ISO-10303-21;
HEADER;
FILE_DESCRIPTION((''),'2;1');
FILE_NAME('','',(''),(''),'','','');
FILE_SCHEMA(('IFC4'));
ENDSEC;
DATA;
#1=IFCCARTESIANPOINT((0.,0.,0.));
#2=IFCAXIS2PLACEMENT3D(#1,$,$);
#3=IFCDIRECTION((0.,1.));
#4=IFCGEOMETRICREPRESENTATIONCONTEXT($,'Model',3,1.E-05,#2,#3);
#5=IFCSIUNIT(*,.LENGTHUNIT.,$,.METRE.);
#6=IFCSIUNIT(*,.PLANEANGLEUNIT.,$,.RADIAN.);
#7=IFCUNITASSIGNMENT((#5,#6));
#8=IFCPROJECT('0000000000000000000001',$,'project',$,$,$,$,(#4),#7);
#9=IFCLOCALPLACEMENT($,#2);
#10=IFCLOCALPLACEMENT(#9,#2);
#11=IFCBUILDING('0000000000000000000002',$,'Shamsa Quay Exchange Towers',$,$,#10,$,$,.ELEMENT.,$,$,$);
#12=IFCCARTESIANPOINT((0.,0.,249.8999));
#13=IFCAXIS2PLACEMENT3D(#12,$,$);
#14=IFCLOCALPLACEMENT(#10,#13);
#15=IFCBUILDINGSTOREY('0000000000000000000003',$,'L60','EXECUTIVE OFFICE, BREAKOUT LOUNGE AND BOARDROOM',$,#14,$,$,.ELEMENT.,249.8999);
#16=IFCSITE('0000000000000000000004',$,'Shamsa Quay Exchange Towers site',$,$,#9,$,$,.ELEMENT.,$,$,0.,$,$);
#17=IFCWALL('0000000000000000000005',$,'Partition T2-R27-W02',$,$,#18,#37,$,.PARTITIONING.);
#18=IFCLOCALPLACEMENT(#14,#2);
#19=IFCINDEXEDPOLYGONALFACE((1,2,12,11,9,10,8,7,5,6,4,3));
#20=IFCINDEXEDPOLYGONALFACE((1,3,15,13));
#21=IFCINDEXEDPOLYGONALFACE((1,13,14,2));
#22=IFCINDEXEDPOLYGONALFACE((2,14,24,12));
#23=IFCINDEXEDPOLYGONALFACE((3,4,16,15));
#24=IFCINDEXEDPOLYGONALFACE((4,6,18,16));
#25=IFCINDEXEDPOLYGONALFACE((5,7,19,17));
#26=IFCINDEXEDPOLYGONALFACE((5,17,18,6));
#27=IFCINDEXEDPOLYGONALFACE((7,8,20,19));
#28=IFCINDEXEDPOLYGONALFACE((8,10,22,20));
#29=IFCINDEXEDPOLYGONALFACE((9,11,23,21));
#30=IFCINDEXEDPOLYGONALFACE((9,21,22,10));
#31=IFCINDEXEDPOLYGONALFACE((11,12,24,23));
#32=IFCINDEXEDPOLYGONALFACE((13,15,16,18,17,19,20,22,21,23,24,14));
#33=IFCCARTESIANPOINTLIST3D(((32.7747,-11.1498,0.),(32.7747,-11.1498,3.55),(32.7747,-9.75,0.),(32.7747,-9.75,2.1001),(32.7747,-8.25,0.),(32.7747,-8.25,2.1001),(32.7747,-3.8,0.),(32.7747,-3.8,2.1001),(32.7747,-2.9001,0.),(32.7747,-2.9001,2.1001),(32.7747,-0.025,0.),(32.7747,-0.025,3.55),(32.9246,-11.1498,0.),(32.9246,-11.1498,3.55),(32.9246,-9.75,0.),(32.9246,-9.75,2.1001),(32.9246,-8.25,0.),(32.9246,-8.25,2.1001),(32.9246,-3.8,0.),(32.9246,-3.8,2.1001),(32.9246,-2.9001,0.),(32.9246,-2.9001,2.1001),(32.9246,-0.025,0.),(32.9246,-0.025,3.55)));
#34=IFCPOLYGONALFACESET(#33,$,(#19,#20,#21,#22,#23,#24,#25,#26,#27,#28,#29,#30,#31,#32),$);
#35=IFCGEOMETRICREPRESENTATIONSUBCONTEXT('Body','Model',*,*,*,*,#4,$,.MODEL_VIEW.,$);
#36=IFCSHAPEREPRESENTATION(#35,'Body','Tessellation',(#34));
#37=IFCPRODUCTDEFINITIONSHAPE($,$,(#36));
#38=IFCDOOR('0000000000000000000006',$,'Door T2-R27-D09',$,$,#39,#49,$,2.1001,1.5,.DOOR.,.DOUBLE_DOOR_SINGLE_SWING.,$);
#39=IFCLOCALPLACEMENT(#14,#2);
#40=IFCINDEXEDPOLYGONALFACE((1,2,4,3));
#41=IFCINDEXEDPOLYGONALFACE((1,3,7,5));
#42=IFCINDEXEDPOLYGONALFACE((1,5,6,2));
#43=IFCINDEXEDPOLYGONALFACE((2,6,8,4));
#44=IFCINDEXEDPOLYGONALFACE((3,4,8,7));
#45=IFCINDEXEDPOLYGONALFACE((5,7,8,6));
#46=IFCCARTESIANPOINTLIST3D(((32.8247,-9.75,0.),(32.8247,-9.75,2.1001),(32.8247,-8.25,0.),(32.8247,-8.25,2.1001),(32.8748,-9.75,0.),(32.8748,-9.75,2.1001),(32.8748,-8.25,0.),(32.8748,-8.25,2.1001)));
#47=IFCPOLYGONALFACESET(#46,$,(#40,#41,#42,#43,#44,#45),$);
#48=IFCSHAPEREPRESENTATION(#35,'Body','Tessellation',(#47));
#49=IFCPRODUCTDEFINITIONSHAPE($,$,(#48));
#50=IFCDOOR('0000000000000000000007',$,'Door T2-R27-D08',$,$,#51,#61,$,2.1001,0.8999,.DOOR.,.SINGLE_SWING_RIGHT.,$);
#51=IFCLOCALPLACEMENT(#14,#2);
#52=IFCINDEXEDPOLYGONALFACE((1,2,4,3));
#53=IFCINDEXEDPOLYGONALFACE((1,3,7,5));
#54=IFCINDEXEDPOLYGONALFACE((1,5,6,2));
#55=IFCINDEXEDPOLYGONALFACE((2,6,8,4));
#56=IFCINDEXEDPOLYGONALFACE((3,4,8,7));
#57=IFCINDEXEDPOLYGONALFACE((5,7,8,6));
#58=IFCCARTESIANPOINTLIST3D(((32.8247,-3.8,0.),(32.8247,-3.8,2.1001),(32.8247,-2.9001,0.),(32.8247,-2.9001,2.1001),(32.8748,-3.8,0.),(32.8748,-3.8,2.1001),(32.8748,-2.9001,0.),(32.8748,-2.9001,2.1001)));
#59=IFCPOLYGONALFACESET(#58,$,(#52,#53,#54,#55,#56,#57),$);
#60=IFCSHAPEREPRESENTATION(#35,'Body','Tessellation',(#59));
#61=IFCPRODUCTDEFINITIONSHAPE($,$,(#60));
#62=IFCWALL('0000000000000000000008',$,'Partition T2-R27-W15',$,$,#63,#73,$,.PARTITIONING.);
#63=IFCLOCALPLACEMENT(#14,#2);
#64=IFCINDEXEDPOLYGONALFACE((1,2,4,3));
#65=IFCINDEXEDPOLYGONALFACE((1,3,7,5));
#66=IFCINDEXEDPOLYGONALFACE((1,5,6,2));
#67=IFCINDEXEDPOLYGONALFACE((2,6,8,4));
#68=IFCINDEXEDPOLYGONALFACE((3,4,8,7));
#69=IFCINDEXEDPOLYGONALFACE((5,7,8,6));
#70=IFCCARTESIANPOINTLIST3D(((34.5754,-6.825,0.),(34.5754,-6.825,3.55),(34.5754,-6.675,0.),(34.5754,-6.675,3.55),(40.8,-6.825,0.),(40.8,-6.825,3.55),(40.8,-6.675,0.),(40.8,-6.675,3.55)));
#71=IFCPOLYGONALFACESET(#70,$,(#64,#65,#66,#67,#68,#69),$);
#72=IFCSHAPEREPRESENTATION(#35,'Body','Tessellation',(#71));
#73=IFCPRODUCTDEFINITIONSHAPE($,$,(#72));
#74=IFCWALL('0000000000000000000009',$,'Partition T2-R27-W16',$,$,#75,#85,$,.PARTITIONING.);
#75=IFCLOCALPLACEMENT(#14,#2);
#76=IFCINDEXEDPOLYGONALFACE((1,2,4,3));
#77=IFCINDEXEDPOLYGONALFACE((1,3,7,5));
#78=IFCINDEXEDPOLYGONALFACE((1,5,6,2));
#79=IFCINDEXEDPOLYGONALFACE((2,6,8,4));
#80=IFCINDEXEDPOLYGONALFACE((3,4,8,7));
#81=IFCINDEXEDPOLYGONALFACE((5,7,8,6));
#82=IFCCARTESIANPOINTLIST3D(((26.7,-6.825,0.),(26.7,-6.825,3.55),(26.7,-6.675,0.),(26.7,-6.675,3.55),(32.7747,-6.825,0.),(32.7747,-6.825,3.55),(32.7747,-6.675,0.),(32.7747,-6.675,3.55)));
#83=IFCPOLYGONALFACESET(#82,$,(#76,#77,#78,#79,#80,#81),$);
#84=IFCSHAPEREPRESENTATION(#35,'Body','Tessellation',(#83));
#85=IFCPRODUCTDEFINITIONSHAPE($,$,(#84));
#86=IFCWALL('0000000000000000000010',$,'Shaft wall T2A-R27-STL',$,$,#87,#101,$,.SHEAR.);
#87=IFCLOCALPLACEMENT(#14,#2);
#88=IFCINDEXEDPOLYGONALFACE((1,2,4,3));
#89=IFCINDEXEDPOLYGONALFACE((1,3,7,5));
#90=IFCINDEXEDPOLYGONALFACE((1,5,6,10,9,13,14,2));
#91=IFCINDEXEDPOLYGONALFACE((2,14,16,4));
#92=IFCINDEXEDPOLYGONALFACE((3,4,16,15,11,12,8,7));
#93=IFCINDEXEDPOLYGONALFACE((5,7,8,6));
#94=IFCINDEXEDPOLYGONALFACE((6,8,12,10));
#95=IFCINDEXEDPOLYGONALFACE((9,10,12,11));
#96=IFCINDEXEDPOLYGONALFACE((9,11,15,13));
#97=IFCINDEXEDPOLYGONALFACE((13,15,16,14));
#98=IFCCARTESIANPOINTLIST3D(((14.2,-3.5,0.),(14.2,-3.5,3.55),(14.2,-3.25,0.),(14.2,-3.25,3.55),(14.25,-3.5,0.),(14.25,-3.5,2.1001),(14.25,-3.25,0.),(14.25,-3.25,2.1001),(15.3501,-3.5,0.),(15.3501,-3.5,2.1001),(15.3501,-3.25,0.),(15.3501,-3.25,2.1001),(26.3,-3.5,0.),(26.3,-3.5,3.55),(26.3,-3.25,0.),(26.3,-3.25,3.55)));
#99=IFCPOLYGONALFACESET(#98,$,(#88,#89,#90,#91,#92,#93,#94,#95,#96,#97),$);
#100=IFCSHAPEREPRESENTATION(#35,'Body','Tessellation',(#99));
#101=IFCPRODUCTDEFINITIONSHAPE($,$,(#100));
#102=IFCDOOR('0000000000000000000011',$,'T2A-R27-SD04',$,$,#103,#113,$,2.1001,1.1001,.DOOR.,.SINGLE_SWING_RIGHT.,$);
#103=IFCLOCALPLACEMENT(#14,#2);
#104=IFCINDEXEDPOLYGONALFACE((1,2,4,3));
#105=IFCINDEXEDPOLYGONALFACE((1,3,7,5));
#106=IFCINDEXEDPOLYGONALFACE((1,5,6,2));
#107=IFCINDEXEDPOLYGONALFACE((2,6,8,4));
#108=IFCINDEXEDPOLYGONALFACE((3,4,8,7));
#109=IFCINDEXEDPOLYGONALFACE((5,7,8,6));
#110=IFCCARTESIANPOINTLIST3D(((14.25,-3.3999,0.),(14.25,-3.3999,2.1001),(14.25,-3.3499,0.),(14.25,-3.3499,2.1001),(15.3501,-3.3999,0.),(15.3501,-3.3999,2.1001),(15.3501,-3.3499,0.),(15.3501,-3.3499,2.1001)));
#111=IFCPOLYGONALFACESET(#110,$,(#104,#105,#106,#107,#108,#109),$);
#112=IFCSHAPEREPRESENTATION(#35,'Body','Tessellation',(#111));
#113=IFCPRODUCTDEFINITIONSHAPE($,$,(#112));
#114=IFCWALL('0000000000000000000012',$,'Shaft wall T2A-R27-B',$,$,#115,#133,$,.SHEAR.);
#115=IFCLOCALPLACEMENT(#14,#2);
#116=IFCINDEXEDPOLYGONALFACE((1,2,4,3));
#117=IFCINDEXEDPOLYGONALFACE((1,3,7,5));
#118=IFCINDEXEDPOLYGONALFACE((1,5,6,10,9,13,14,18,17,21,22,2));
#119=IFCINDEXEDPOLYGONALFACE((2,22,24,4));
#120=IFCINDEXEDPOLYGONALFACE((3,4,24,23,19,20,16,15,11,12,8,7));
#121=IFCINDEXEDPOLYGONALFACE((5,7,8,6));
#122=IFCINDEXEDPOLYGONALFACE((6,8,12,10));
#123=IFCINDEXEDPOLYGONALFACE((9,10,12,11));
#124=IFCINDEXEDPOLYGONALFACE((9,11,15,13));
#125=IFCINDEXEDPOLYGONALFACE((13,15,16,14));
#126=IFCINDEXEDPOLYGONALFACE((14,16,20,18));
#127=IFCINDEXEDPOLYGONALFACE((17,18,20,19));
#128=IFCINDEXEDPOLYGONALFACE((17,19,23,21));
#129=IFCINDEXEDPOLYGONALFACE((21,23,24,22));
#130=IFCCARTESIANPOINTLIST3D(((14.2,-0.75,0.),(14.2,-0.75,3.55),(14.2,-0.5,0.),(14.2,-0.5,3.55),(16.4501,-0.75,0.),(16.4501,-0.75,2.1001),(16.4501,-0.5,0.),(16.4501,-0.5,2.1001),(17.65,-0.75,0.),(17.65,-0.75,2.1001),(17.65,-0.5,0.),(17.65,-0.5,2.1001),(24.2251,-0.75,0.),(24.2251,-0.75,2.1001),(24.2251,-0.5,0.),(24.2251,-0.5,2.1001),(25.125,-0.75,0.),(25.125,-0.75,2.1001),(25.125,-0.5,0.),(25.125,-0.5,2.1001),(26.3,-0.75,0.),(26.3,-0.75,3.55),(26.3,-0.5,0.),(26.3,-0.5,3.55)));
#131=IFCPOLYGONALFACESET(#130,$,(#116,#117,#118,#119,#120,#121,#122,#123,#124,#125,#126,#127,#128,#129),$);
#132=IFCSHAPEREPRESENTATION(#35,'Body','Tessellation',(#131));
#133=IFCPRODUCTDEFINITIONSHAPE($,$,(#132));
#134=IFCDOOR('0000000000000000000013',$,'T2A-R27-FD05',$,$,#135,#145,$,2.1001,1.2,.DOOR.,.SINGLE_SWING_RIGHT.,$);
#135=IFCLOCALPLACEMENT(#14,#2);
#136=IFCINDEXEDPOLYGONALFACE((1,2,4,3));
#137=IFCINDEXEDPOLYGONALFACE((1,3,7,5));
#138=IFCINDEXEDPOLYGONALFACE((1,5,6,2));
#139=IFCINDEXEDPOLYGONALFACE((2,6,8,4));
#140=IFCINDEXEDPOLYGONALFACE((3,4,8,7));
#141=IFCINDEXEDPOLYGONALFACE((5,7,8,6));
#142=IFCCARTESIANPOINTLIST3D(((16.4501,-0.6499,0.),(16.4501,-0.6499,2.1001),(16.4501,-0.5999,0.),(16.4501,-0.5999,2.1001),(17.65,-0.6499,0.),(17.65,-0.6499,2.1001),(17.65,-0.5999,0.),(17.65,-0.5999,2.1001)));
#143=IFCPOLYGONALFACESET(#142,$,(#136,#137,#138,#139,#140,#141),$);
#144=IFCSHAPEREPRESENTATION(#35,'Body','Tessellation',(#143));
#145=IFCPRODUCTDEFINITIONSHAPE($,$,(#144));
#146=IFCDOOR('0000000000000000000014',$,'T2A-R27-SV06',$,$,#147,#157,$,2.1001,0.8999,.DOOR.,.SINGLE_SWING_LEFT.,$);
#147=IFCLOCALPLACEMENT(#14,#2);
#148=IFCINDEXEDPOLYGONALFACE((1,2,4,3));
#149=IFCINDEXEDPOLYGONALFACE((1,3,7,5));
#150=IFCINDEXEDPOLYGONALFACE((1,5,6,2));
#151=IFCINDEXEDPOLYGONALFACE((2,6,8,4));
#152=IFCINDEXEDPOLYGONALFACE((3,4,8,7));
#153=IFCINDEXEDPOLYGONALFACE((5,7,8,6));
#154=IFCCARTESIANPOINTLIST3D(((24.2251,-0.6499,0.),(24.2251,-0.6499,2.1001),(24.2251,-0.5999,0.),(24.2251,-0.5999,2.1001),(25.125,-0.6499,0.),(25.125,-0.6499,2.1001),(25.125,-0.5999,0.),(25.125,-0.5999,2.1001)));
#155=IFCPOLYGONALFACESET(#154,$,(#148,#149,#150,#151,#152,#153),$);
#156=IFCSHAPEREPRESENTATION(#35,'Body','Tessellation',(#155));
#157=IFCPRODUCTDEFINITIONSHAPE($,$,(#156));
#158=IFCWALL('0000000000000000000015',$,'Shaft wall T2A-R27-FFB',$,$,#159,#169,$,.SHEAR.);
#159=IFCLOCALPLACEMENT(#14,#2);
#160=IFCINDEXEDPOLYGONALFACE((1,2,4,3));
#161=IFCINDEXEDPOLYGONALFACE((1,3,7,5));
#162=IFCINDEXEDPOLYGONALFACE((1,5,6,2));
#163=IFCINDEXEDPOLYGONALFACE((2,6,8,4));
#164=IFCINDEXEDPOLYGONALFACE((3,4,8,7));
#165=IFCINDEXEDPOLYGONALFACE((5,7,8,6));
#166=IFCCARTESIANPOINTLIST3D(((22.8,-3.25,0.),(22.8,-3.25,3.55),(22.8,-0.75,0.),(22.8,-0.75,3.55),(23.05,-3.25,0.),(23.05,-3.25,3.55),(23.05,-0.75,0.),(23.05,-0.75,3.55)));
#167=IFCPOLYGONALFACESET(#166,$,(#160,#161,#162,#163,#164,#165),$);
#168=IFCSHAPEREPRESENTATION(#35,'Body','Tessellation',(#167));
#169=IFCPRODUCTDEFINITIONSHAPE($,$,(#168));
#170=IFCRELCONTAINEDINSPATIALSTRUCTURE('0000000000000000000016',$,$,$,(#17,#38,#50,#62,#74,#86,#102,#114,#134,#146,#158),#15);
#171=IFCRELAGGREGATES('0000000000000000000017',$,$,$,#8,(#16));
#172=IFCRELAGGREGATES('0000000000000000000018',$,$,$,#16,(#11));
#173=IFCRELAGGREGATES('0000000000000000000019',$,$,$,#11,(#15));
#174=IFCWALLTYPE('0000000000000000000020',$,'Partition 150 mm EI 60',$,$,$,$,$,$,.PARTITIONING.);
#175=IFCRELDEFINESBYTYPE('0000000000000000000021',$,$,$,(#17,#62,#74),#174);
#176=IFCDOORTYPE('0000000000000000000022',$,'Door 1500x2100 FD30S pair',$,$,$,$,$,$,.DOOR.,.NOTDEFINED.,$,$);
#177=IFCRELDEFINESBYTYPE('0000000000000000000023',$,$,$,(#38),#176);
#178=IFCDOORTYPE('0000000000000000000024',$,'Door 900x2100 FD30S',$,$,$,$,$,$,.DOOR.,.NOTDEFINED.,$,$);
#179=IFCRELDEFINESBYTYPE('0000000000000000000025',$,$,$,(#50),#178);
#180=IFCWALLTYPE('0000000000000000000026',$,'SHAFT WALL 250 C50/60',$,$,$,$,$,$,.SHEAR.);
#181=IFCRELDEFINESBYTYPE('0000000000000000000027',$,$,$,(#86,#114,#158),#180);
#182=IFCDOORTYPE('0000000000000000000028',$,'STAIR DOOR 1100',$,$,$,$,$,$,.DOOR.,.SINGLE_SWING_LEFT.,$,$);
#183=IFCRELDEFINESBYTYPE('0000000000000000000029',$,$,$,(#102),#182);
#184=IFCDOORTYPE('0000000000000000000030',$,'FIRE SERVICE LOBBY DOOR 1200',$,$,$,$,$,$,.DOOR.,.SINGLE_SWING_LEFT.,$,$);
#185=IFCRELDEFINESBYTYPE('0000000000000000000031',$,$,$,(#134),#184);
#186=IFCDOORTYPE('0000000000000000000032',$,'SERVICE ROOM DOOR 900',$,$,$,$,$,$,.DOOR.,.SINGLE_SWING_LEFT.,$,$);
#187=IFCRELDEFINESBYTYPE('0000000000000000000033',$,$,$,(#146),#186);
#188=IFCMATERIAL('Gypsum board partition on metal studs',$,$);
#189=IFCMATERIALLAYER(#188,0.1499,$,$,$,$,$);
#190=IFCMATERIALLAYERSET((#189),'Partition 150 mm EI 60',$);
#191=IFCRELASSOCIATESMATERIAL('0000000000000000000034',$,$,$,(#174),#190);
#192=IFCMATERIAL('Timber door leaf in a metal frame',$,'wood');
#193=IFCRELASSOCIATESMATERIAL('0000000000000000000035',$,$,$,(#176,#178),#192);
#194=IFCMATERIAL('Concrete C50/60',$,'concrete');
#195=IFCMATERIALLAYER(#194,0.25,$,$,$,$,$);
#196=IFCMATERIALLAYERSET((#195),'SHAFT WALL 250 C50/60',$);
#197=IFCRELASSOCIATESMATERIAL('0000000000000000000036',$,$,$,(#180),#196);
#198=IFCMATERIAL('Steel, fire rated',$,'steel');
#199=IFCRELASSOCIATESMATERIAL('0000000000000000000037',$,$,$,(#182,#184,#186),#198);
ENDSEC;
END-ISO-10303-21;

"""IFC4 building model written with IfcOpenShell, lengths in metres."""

from ifc_helpers import new_model, si_unit, direction, frame, frame_2d, origin, place, context, subcontext, project, spatial, rectangle, extrude, material, layer, layer_set, type_object, element, fill, save


model = new_model("IFC4")

# Units and contexts
model_context = context("Model", 3, precision=1e-05, world=origin(), true_north=direction((0.0, 1.0)))
body_context = subcontext(model_context, "Body", "Model", "MODEL_VIEW")
ifc_project = project(units=[si_unit("LENGTHUNIT", "METRE"), si_unit("PLANEANGLEUNIT", "RADIAN")], contexts=[model_context])

# Site, building, storey
site_placement = place(None, origin())
site = spatial("IfcSite", under=ifc_project, at=site_placement, Name="Shamsa Quay Exchange Towers site", CompositionType="ELEMENT", RefElevation=0.0)
building_placement = place(site_placement, origin())
building = spatial("IfcBuilding", under=site, at=building_placement, Name="Shamsa Quay Exchange Towers", CompositionType="ELEMENT")
storey_placement = place(building_placement, frame((0.0, 0.0, 249.8999)))
storey = spatial("IfcBuildingStorey", under=building, at=storey_placement, Name="L60", Description="EXECUTIVE OFFICE, BREAKOUT LOUNGE AND BOARDROOM", CompositionType="ELEMENT", Elevation=249.8999)

# Wall, openings, doors
ifc_material_1 = material(Name="Gypsum board partition on metal studs")
ifc_layer_1 = layer(ifc_material_1, 0.1499)
ifc_layer_set_1 = layer_set([ifc_layer_1], Name="Partition 150 mm EI 60")
wall_type_1 = type_object("IfcWallType", Name="Partition 150 mm EI 60", PredefinedType="PARTITIONING", material=ifc_layer_set_1)
wall_1_placement = place(storey_placement, frame((32.8496, -11.1499, 0.0), z_axis=(0.0, 0.0, 1.0), x_axis=(0.0, 1.0, 0.0)))
wall_1 = element("IfcWall", 1, at=wall_1_placement, inside=storey, type_object=wall_type_1, Name="Partition T2-R27-W02", PredefinedType="PARTITIONING", context=body_context, shape_type="SweptSolid", body=[
    extrude(rectangle(XDim=11.1248, YDim=0.1499, at=frame_2d((5.5625, 0.0))), origin(), (0.0, 0.0, 1.0), 3.55),
])
opening_1_placement = place(wall_1_placement, frame((7.3499, 0.0, 0.0)))
opening_1 = element("IfcOpeningElement", 2, at=opening_1_placement, cuts=wall_1, PredefinedType="OPENING", context=body_context, shape_type="SweptSolid", body=[
    extrude(rectangle(XDim=0.8999, YDim=2.1001, at=frame_2d((0.45, 1.05))), frame((0.0, 0.085, 0.0), z_axis=(0.0, -1.0, 0.0), x_axis=(1.0, 0.0, 0.0)), (0.0, 0.0, 1.0), 0.1699),
])
opening_2_placement = place(wall_1_placement, frame((1.3999, 0.0, 0.0)))
opening_2 = element("IfcOpeningElement", 3, at=opening_2_placement, cuts=wall_1, PredefinedType="OPENING", context=body_context, shape_type="SweptSolid", body=[
    extrude(rectangle(XDim=1.5, YDim=2.1001, at=frame_2d((0.75, 1.05))), frame((0.0, 0.085, 0.0), z_axis=(0.0, -1.0, 0.0), x_axis=(1.0, 0.0, 0.0)), (0.0, 0.0, 1.0), 0.1699),
])
ifc_material_2 = material(Name="Timber door leaf in a metal frame", Category="wood")
door_type_1 = type_object("IfcDoorType", Name="Door 1500x2100 FD30S pair", OperationType="NOTDEFINED", PredefinedType="DOOR", material=ifc_material_2)
door_1_placement = place(opening_2_placement, origin())
door_1 = element("IfcDoor", 4, at=door_1_placement, inside=storey, type_object=door_type_1, Name="Door T2-R27-D09", OperationType="DOUBLE_DOOR_SINGLE_SWING", OverallHeight=2.1001, OverallWidth=1.5, PredefinedType="DOOR", context=body_context, shape_type="SweptSolid", body=[
    extrude(rectangle(XDim=1.5, YDim=2.1001, at=frame_2d((0.75, 1.05))), frame((0.0, 0.0249, 0.0), z_axis=(0.0, -1.0, 0.0), x_axis=(1.0, 0.0, 0.0)), (0.0, 0.0, 1.0), 0.05),
])
fill(opening_2, door_1)
door_type_2 = type_object("IfcDoorType", Name="Door 900x2100 FD30S", OperationType="NOTDEFINED", PredefinedType="DOOR", material=ifc_material_2)
door_2_placement = place(opening_1_placement, origin())
door_2 = element("IfcDoor", 5, at=door_2_placement, inside=storey, type_object=door_type_2, Name="Door T2-R27-D08", OperationType="SINGLE_SWING_RIGHT", OverallHeight=2.1001, OverallWidth=0.8999, PredefinedType="DOOR", context=body_context, shape_type="SweptSolid", body=[
    extrude(rectangle(XDim=0.8999, YDim=2.1001, at=frame_2d((0.45, 1.05))), frame((0.0, 0.0249, 0.0), z_axis=(0.0, -1.0, 0.0), x_axis=(1.0, 0.0, 0.0)), (0.0, 0.0, 1.0), 0.05),
])
fill(opening_1, door_2)

# Walls
wall_2_placement = place(storey_placement, frame((34.5754, -6.75, 0.0)))
element("IfcWall", 6, at=wall_2_placement, inside=storey, type_object=wall_type_1, Name="Partition T2-R27-W15", PredefinedType="PARTITIONING", context=body_context, shape_type="SweptSolid", body=[
    extrude(rectangle(XDim=6.2246, YDim=0.1499, at=frame_2d((3.1123, 0.0))), origin(), (0.0, 0.0, 1.0), 3.55),
])
wall_3_placement = place(storey_placement, frame((26.7, -6.75, 0.0)))
element("IfcWall", 7, at=wall_3_placement, inside=storey, type_object=wall_type_1, Name="Partition T2-R27-W16", PredefinedType="PARTITIONING", context=body_context, shape_type="SweptSolid", body=[
    extrude(rectangle(XDim=6.0747, YDim=0.1499, at=frame_2d((3.0374, 0.0))), origin(), (0.0, 0.0, 1.0), 3.55),
])

# Wall, opening, door
ifc_material_3 = material(Name="Concrete C50/60", Category="concrete")
ifc_layer_2 = layer(ifc_material_3, 0.25)
ifc_layer_set_2 = layer_set([ifc_layer_2], Name="SHAFT WALL 250 C50/60")
wall_type_2 = type_object("IfcWallType", Name="SHAFT WALL 250 C50/60", PredefinedType="SHEAR", material=ifc_layer_set_2)
wall_4_placement = place(storey_placement, frame((26.3, -3.375, 0.0), z_axis=(0.0, 0.0, 1.0), x_axis=(-1.0, 0.0, 0.0)))
wall_4 = element("IfcWall", 8, at=wall_4_placement, inside=storey, type_object=wall_type_2, Name="Shaft wall T2A-R27-STL", PredefinedType="SHEAR", context=body_context, shape_type="SweptSolid", body=[
    extrude(rectangle(XDim=12.1001, YDim=0.25, at=frame_2d((6.05, 0.0))), origin(), (0.0, 0.0, 1.0), 3.55),
])
opening_3_placement = place(wall_4_placement, frame((10.95, 0.0, 0.0)))
opening_3 = element("IfcOpeningElement", 9, at=opening_3_placement, cuts=wall_4, PredefinedType="OPENING", context=body_context, shape_type="SweptSolid", body=[
    extrude(rectangle(XDim=1.1001, YDim=2.1001, at=frame_2d((0.55, 1.05))), frame((0.0, 0.135, 0.0), z_axis=(0.0, -1.0, 0.0), x_axis=(1.0, 0.0, 0.0)), (0.0, 0.0, 1.0), 0.27),
])
ifc_material_4 = material(Name="Steel, fire rated", Category="steel")
door_type_3 = type_object("IfcDoorType", Name="STAIR DOOR 1100", OperationType="SINGLE_SWING_LEFT", PredefinedType="DOOR", material=ifc_material_4)
door_3_placement = place(opening_3_placement, origin())
door_3 = element("IfcDoor", 10, at=door_3_placement, inside=storey, type_object=door_type_3, Name="T2A-R27-SD04", OperationType="SINGLE_SWING_RIGHT", OverallHeight=2.1001, OverallWidth=1.1001, PredefinedType="DOOR", context=body_context, shape_type="SweptSolid", body=[
    extrude(rectangle(XDim=1.1001, YDim=2.1001, at=frame_2d((0.55, 1.05))), frame((0.0, 0.0249, 0.0), z_axis=(0.0, -1.0, 0.0), x_axis=(1.0, 0.0, 0.0)), (0.0, 0.0, 1.0), 0.05),
])
fill(opening_3, door_3)

# Wall, openings, doors
wall_5_placement = place(storey_placement, frame((26.3, -0.625, 0.0), z_axis=(0.0, 0.0, 1.0), x_axis=(-1.0, 0.0, 0.0)))
wall_5 = element("IfcWall", 11, at=wall_5_placement, inside=storey, type_object=wall_type_2, Name="Shaft wall T2A-R27-B", PredefinedType="SHEAR", context=body_context, shape_type="SweptSolid", body=[
    extrude(rectangle(XDim=12.1001, YDim=0.25, at=frame_2d((6.05, 0.0))), origin(), (0.0, 0.0, 1.0), 3.55),
])
opening_4_placement = place(wall_5_placement, frame((8.6499, 0.0, 0.0)))
opening_4 = element("IfcOpeningElement", 12, at=opening_4_placement, cuts=wall_5, PredefinedType="OPENING", context=body_context, shape_type="SweptSolid", body=[
    extrude(rectangle(XDim=1.2, YDim=2.1001, at=frame_2d((0.6001, 1.05))), frame((0.0, 0.135, 0.0), z_axis=(0.0, -1.0, 0.0), x_axis=(1.0, 0.0, 0.0)), (0.0, 0.0, 1.0), 0.27),
])
opening_5_placement = place(wall_5_placement, frame((1.175, 0.0, 0.0)))
opening_5 = element("IfcOpeningElement", 13, at=opening_5_placement, cuts=wall_5, PredefinedType="OPENING", context=body_context, shape_type="SweptSolid", body=[
    extrude(rectangle(XDim=0.8999, YDim=2.1001, at=frame_2d((0.45, 1.05))), frame((0.0, 0.135, 0.0), z_axis=(0.0, -1.0, 0.0), x_axis=(1.0, 0.0, 0.0)), (0.0, 0.0, 1.0), 0.27),
])
door_type_4 = type_object("IfcDoorType", Name="FIRE SERVICE LOBBY DOOR 1200", OperationType="SINGLE_SWING_LEFT", PredefinedType="DOOR", material=ifc_material_4)
door_4_placement = place(opening_4_placement, origin())
door_4 = element("IfcDoor", 14, at=door_4_placement, inside=storey, type_object=door_type_4, Name="T2A-R27-FD05", OperationType="SINGLE_SWING_RIGHT", OverallHeight=2.1001, OverallWidth=1.2, PredefinedType="DOOR", context=body_context, shape_type="SweptSolid", body=[
    extrude(rectangle(XDim=1.2, YDim=2.1001, at=frame_2d((0.6001, 1.05))), frame((0.0, 0.0249, 0.0), z_axis=(0.0, -1.0, 0.0), x_axis=(1.0, 0.0, 0.0)), (0.0, 0.0, 1.0), 0.05),
])
fill(opening_4, door_4)
door_type_5 = type_object("IfcDoorType", Name="SERVICE ROOM DOOR 900", OperationType="SINGLE_SWING_LEFT", PredefinedType="DOOR", material=ifc_material_4)
door_5_placement = place(opening_5_placement, origin())
door_5 = element("IfcDoor", 15, at=door_5_placement, inside=storey, type_object=door_type_5, Name="T2A-R27-SV06", OperationType="SINGLE_SWING_LEFT", OverallHeight=2.1001, OverallWidth=0.8999, PredefinedType="DOOR", context=body_context, shape_type="SweptSolid", body=[
    extrude(rectangle(XDim=0.8999, YDim=2.1001, at=frame_2d((0.45, 1.05))), frame((0.0, 0.0249, 0.0), z_axis=(0.0, -1.0, 0.0), x_axis=(1.0, 0.0, 0.0)), (0.0, 0.0, 1.0), 0.05),
])
fill(opening_5, door_5)

# Wall
wall_6_placement = place(storey_placement, frame((22.925, -3.25, 0.0), z_axis=(0.0, 0.0, 1.0), x_axis=(0.0, 1.0, 0.0)))
element("IfcWall", 16, at=wall_6_placement, inside=storey, type_object=wall_type_2, Name="Shaft wall T2A-R27-FFB", PredefinedType="SHEAR", context=body_context, shape_type="SweptSolid", body=[
    extrude(rectangle(XDim=2.5, YDim=0.25, at=frame_2d((1.25, 0.0))), origin(), (0.0, 0.0, 1.0), 3.55),
])

save(model, "model.ifc")
